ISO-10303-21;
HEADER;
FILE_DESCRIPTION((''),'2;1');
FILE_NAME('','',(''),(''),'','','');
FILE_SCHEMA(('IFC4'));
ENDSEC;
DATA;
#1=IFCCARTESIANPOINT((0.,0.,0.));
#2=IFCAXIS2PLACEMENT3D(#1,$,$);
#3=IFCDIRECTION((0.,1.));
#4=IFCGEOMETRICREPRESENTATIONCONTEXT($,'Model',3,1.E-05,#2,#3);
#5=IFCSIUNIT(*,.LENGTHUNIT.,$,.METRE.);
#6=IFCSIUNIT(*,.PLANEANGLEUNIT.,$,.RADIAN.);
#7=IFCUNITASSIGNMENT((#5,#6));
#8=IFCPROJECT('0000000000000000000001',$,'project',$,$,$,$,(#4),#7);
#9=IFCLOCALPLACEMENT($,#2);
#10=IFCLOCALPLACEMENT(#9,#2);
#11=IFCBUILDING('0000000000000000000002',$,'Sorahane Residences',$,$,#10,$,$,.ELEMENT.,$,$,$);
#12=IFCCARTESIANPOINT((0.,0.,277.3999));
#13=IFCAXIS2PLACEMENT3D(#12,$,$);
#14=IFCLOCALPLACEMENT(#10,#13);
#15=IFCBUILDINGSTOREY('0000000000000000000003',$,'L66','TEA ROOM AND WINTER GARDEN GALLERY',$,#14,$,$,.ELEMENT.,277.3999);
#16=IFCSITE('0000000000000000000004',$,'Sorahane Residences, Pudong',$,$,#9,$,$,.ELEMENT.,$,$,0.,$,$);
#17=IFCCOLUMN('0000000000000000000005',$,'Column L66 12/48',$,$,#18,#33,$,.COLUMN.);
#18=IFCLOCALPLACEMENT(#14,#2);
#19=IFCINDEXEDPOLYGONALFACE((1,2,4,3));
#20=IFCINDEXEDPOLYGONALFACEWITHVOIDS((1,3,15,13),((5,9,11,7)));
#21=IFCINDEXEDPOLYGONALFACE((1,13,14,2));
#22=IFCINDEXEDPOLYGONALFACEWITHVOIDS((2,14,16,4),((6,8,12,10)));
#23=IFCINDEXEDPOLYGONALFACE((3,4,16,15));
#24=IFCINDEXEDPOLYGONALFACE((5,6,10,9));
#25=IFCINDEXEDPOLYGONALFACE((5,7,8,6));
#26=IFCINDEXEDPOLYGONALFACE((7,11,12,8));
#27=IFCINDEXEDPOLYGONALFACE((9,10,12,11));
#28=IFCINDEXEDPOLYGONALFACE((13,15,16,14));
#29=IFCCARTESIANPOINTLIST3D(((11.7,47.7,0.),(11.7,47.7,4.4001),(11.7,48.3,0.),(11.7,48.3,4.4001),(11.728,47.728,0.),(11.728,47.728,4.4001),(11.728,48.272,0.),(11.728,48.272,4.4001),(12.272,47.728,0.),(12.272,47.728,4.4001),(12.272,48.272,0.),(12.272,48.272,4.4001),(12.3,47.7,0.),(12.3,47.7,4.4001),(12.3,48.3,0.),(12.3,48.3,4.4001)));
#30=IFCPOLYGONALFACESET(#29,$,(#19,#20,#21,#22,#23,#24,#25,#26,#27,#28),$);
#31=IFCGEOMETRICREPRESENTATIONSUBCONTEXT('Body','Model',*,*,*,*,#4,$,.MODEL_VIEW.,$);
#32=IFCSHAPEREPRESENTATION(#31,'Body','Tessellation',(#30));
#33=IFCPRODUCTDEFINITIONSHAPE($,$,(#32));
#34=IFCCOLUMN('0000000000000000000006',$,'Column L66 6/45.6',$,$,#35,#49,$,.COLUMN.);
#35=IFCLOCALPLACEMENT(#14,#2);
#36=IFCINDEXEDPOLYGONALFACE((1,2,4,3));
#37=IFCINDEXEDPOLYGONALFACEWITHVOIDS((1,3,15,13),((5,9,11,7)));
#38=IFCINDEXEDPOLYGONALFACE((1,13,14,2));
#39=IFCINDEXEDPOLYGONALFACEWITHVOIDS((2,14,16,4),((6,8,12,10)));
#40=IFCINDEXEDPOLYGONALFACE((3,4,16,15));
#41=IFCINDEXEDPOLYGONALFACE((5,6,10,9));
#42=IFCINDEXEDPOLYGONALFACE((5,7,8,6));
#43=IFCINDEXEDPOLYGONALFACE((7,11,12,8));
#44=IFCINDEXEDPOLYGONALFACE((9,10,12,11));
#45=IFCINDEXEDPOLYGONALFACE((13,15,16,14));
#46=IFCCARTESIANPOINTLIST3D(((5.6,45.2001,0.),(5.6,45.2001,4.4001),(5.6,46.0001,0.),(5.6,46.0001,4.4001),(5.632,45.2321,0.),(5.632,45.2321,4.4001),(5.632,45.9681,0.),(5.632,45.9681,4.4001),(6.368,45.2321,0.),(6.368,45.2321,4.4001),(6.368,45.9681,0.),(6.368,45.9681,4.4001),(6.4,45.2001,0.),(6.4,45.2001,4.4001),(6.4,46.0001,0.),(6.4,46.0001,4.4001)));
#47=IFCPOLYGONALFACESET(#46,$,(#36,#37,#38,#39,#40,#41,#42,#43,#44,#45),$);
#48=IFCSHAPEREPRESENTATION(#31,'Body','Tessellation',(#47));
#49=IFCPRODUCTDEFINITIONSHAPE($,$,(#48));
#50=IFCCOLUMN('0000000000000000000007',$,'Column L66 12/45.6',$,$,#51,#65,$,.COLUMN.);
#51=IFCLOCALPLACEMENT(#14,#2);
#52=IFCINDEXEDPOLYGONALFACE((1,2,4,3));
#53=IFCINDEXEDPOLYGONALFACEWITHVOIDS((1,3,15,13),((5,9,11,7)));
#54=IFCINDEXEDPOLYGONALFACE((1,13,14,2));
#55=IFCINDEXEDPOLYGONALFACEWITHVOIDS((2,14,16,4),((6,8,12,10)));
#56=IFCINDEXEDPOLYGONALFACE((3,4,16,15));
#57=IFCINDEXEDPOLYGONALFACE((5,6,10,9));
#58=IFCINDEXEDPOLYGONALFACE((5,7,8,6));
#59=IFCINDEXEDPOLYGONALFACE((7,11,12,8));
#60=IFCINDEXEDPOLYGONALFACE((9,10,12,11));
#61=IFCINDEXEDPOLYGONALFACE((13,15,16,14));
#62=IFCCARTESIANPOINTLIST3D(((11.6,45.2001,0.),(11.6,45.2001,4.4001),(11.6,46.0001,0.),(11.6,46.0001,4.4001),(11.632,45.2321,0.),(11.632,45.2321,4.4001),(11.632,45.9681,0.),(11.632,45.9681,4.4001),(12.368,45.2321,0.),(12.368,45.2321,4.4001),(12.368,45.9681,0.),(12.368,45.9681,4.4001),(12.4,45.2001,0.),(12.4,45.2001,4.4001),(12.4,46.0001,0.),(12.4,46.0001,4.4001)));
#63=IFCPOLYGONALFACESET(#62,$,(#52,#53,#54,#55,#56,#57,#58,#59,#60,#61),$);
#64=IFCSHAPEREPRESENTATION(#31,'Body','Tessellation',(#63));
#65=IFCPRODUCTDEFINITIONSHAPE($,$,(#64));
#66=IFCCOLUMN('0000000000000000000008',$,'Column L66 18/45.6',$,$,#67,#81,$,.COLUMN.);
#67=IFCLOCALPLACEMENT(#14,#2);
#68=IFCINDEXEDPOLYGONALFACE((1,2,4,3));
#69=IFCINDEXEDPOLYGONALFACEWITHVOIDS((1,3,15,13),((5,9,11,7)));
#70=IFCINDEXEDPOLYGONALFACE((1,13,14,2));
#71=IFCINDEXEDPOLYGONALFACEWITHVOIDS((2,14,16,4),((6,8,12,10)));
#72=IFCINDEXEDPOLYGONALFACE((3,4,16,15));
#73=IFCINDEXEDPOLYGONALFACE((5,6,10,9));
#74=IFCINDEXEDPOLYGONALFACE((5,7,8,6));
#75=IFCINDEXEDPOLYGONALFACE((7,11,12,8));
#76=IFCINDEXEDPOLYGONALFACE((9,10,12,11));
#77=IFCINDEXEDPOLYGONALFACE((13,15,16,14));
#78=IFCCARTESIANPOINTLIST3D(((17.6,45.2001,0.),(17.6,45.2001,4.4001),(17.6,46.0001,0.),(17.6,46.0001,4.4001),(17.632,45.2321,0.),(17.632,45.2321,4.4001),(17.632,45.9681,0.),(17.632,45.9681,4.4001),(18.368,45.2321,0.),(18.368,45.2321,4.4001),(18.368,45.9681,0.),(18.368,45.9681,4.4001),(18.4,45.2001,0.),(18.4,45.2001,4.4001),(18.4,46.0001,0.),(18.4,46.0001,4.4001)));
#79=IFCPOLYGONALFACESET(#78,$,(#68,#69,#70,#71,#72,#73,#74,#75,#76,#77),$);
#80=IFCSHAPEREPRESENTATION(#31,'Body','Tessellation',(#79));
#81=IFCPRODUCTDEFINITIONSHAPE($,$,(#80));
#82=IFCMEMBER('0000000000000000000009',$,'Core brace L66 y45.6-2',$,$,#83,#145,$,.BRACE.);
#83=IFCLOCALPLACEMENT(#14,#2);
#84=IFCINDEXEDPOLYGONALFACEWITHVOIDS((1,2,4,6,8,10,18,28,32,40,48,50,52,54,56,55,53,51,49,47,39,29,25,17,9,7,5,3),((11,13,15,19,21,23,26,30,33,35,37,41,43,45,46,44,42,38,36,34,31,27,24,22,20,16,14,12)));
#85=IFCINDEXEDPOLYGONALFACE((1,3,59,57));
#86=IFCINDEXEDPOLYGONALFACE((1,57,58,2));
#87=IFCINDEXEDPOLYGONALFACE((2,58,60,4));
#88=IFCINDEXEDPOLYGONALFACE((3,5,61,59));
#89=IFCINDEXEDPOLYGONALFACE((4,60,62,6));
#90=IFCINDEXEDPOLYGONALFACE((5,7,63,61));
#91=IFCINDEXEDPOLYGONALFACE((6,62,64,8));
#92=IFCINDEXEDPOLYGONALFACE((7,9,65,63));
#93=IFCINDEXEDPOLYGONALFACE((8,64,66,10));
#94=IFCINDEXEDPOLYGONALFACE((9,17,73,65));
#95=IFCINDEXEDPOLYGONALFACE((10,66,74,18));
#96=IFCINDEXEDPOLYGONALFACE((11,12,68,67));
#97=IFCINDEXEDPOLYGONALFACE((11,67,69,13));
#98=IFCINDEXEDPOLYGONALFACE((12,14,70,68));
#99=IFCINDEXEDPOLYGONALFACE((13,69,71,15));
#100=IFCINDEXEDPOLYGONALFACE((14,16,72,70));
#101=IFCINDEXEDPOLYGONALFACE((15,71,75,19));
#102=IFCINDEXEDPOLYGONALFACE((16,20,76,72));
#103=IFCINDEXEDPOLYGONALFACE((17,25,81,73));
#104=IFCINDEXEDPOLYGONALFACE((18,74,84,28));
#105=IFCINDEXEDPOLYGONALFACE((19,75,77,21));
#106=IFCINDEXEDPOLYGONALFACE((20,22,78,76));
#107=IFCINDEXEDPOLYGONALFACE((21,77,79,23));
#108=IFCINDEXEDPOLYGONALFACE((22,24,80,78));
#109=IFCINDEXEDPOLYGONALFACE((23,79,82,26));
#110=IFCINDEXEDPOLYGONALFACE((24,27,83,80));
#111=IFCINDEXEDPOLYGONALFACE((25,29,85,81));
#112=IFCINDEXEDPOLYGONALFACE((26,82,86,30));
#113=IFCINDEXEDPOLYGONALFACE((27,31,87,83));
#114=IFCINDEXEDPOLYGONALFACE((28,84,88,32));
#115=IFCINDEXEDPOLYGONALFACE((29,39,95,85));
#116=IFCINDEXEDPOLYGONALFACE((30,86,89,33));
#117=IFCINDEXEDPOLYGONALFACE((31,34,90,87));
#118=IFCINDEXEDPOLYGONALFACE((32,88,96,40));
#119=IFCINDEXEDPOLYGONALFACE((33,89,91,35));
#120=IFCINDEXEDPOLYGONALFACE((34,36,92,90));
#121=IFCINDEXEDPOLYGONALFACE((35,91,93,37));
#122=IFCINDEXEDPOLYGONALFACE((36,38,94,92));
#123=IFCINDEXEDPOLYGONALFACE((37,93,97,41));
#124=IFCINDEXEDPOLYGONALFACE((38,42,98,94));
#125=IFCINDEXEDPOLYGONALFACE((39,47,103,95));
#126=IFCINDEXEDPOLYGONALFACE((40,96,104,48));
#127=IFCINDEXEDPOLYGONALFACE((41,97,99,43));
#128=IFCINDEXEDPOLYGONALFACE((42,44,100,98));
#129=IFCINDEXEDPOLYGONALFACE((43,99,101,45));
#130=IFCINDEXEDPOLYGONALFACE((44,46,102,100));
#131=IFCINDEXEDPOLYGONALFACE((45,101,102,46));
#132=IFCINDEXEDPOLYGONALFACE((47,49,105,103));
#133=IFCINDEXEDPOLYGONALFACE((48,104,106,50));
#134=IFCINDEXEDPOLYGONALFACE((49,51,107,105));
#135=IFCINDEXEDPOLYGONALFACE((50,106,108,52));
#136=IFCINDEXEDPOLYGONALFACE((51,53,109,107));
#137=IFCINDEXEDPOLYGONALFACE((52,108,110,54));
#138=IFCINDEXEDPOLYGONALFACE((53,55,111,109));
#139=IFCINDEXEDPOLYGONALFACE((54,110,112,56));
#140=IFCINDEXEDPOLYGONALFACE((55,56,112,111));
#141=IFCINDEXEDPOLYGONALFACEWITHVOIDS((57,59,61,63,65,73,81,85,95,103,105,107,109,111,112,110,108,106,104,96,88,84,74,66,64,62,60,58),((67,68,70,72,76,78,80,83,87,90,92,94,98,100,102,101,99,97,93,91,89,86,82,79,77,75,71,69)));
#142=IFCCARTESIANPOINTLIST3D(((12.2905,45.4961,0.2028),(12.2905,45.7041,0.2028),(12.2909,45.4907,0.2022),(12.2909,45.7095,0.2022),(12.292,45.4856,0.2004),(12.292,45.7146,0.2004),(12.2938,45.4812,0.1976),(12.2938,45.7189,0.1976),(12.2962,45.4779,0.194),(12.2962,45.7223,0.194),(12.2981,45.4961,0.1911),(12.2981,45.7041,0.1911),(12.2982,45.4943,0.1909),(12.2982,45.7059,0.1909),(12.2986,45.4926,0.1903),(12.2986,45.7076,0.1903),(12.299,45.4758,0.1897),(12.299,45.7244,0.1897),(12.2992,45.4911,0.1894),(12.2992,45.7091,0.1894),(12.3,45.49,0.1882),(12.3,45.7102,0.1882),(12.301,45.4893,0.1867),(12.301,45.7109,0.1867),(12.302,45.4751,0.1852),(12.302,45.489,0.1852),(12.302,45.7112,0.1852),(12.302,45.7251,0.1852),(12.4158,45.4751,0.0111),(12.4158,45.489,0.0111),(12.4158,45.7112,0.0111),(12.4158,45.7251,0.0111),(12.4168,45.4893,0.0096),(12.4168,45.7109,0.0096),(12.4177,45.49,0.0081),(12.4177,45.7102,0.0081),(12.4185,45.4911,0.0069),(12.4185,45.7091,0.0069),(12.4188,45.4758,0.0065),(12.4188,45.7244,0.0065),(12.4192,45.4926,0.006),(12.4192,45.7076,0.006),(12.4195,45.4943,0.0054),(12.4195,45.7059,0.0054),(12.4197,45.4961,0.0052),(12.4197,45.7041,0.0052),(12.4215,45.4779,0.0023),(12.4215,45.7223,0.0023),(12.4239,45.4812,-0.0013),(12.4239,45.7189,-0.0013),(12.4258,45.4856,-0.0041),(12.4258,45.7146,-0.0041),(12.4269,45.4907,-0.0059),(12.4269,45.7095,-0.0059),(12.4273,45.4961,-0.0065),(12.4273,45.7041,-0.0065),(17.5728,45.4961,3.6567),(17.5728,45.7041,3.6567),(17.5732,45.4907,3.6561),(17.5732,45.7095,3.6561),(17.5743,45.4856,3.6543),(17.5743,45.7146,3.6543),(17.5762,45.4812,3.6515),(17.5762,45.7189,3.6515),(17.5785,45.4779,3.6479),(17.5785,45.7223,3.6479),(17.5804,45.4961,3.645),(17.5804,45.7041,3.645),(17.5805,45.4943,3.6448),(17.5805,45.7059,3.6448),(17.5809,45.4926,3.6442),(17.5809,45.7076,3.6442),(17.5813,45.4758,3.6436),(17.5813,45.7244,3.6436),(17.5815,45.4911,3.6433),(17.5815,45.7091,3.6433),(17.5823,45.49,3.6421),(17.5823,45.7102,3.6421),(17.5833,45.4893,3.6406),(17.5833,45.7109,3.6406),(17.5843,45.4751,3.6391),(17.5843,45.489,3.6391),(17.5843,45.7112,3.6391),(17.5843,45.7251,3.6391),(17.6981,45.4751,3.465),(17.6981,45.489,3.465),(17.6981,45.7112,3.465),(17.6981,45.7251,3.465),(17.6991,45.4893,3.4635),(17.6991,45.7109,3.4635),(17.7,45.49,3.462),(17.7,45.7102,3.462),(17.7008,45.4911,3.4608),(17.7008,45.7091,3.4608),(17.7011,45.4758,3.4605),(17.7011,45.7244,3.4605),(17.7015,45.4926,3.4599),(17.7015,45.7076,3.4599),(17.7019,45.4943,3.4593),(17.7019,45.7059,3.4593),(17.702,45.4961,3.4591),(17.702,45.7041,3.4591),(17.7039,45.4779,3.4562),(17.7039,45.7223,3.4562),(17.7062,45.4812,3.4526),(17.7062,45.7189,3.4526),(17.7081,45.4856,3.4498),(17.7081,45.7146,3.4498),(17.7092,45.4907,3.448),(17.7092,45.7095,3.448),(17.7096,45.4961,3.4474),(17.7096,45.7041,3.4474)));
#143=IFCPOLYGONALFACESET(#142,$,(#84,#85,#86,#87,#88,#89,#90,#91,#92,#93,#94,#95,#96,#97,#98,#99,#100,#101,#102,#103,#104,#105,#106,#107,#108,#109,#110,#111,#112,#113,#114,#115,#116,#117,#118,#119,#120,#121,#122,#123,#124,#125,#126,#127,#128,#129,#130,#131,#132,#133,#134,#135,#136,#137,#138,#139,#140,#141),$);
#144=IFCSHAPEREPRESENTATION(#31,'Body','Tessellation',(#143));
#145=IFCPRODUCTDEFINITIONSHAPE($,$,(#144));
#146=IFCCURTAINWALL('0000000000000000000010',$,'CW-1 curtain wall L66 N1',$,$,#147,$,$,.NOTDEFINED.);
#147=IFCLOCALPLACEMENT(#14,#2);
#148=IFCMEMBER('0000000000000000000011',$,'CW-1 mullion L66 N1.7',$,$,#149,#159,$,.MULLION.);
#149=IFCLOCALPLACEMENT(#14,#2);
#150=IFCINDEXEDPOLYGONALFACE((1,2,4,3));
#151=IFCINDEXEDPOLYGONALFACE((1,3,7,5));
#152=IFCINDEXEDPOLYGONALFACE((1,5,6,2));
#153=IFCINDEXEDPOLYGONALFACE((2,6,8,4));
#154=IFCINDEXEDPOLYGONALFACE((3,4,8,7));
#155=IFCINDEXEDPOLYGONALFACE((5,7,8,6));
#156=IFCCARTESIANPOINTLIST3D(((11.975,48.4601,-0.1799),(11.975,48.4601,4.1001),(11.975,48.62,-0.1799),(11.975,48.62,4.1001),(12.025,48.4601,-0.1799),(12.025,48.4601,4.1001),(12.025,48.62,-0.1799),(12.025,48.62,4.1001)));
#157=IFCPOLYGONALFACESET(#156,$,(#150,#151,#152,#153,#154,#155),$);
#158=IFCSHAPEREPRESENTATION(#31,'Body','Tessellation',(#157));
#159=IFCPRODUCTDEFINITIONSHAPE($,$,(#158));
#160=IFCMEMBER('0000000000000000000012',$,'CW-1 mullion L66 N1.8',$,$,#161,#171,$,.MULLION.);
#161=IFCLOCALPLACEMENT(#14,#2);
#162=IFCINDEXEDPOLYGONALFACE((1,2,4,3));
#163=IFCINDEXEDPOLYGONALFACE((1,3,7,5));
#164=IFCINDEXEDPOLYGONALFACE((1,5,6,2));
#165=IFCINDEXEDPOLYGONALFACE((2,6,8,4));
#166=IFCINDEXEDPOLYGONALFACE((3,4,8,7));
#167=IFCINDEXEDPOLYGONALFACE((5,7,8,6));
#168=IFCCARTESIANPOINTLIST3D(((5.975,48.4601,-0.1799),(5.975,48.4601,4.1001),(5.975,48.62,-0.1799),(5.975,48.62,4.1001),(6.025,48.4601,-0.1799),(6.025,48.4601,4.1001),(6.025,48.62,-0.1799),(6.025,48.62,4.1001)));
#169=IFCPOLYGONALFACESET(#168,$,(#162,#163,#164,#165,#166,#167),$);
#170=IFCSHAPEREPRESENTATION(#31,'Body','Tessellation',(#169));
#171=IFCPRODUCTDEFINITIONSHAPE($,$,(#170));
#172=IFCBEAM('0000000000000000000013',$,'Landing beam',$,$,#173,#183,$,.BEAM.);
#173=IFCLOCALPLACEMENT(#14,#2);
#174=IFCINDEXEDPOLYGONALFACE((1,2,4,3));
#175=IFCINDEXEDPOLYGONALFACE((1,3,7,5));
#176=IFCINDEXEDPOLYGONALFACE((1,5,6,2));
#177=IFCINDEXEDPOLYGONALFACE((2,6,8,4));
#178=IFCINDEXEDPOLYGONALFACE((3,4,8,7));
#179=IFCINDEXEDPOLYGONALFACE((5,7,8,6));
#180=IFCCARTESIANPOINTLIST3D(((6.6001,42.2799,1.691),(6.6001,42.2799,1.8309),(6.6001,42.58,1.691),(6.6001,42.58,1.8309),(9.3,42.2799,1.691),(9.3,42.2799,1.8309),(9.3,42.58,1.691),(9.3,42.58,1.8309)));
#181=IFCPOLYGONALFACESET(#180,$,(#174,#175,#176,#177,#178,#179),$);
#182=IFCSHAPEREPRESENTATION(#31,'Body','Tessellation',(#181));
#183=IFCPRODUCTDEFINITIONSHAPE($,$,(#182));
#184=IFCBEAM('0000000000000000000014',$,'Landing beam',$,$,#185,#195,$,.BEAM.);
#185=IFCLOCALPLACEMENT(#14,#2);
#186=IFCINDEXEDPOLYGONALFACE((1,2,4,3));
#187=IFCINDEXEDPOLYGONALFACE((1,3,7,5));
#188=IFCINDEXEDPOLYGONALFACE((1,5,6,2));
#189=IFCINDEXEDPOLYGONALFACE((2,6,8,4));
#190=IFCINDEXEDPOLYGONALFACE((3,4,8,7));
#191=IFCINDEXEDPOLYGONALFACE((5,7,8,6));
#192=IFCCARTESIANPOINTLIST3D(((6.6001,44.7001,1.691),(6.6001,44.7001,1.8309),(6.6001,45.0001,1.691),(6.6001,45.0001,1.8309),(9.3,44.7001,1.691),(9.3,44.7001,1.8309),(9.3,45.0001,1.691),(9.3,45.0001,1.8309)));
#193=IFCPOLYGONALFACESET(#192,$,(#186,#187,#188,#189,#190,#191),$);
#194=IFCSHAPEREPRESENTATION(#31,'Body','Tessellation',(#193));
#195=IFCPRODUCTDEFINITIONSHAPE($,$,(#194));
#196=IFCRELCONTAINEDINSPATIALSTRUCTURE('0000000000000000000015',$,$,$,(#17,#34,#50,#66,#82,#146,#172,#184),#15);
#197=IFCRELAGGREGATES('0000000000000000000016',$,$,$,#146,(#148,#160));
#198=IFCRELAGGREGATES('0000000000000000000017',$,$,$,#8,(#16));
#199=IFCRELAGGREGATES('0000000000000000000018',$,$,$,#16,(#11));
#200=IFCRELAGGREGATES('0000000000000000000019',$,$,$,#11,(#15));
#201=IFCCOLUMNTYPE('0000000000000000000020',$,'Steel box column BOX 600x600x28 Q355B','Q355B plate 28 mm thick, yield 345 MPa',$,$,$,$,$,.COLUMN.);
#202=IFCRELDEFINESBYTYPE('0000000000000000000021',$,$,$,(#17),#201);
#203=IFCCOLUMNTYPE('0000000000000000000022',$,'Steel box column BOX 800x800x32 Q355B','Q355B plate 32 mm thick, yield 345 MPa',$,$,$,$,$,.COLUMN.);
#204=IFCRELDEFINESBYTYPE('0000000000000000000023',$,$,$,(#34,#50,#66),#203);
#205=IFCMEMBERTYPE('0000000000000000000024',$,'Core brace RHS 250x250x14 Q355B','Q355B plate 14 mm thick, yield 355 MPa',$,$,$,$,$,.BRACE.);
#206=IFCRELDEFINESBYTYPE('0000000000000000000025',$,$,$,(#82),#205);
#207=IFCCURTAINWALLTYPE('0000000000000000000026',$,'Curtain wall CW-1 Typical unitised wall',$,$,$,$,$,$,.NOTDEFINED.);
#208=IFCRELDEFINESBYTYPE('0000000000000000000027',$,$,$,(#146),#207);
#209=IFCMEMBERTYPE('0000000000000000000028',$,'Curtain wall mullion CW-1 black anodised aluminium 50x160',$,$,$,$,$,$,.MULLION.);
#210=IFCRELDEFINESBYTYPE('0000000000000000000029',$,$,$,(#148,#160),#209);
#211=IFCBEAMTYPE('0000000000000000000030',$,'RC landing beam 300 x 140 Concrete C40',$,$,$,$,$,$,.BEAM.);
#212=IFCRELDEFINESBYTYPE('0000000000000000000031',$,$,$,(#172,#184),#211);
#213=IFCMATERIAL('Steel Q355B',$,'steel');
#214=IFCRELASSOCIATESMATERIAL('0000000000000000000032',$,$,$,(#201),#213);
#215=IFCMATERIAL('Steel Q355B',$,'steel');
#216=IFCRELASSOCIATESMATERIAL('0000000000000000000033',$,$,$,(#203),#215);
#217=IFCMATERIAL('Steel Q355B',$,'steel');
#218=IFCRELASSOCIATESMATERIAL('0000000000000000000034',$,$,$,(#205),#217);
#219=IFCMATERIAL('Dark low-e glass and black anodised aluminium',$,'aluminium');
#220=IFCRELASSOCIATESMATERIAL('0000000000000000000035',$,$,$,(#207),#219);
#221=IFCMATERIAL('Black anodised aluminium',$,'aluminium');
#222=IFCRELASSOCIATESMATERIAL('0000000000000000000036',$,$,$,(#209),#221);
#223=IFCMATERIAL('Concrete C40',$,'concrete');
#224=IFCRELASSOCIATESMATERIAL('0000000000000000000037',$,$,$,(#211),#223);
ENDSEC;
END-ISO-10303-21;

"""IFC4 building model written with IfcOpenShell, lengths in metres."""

from ifc_helpers import new_model, si_unit, direction, frame, origin, origin_2d, place, context, subcontext, project, spatial, rectangle, hollow_rectangle, extrude, material, material_profile, profile_set, type_object, element, aggregate, save


model = new_model("IFC4")

# Units and contexts
model_context = context("Model", 3, precision=1e-05, world=origin(), true_north=direction((0.0, 1.0)))
body_context = subcontext(model_context, "Body", "Model", "MODEL_VIEW")
ifc_project = project(units=[si_unit("LENGTHUNIT", "METRE"), si_unit("PLANEANGLEUNIT", "RADIAN")], contexts=[model_context])

# Site, building, storey
site_placement = place(None, origin())
site = spatial("IfcSite", under=ifc_project, at=site_placement, Name="Sorahane Residences, Pudong", CompositionType="ELEMENT", RefElevation=0.0)
building_placement = place(site_placement, origin())
building = spatial("IfcBuilding", under=site, at=building_placement, Name="Sorahane Residences", CompositionType="ELEMENT")
storey_placement = place(building_placement, frame((0.0, 0.0, 277.3999)))
storey = spatial("IfcBuildingStorey", under=building, at=storey_placement, Name="L66", Description="TEA ROOM AND WINTER GARDEN GALLERY", CompositionType="ELEMENT", Elevation=277.3999)

# Columns
ifc_material_1 = material(Name="Steel Q355B", Category="steel")
ifc_material_profile_1 = material_profile(ifc_material_1, hollow_rectangle(XDim=0.6001, YDim=0.6001, WallThickness=0.0281, at=origin_2d()), Name="BOX 600x600x28")
ifc_profile_set_1 = profile_set([ifc_material_profile_1], Name="Steel Q355B")
column_type_1 = type_object("IfcColumnType", Name="Steel box column BOX 600x600x28 Q355B", Description="Q355B plate 28 mm thick, yield 345 MPa", PredefinedType="COLUMN", material=ifc_profile_set_1)
column_placement = place(storey_placement, frame((12.0, 48.0, 0.0), z_axis=(0.0, 0.0, 1.0), x_axis=(1.0, 0.0, 0.0)))
element("IfcColumn", 1, at=column_placement, inside=storey, type_object=column_type_1, Name="Column L66 12/48", PredefinedType="COLUMN", context=body_context, shape_type="SweptSolid", body=[
    extrude(hollow_rectangle(XDim=0.6001, YDim=0.6001, WallThickness=0.0281, at=origin_2d()), origin(), (0.0, 0.0, 1.0), 4.4001),
])
ifc_material_2 = material(Name="Steel Q355B", Category="steel")
ifc_material_profile_2 = material_profile(ifc_material_2, hollow_rectangle(XDim=0.8, YDim=0.8, WallThickness=0.032, at=origin_2d()), Name="BOX 800x800x32")
ifc_profile_set_2 = profile_set([ifc_material_profile_2], Name="Steel Q355B")
column_type_2 = type_object("IfcColumnType", Name="Steel box column BOX 800x800x32 Q355B", Description="Q355B plate 32 mm thick, yield 345 MPa", PredefinedType="COLUMN", material=ifc_profile_set_2)
for number, where, z_axis, x_axis, name in (
    (2, (6.0, 45.6001, 0.0), (0.0, 0.0, 1.0), (1.0, 0.0, 0.0), "Column L66 6/45.6"),
    (3, (12.0, 45.6001, 0.0), (0.0, 0.0, 1.0), (1.0, 0.0, 0.0), "Column L66 12/45.6"),
    (4, (18.0, 45.6001, 0.0), (0.0, 0.0, 1.0), (1.0, 0.0, 0.0), "Column L66 18/45.6"),
):
    element("IfcColumn", number, at=place(storey_placement, frame(where, z_axis=z_axis, x_axis=x_axis)), inside=storey, type_object=column_type_2, Name=name, PredefinedType="COLUMN", context=body_context, shape_type="SweptSolid", body=[
        extrude(hollow_rectangle(XDim=0.8, YDim=0.8, WallThickness=0.032, at=origin_2d()), origin(), (0.0, 0.0, 1.0), 4.4001),
    ])

# Member
ifc_material_3 = material(Name="Steel Q355B", Category="steel")
ifc_material_profile_3 = material_profile(ifc_material_3, hollow_rectangle(XDim=0.25, YDim=0.25, WallThickness=0.0139, InnerFilletRadius=0.0071, OuterFilletRadius=0.021, at=origin_2d()), Name="RHS 250x250x14")
ifc_profile_set_3 = profile_set([ifc_material_profile_3], Name="Steel Q355B")
member_type_1 = type_object("IfcMemberType", Name="Core brace RHS 250x250x14 Q355B", Description="Q355B plate 14 mm thick, yield 355 MPa", PredefinedType="BRACE", material=ifc_profile_set_3)
member_1_placement = place(storey_placement, frame((12.3589, 45.6001, 0.0981), z_axis=(0.836963, 0.0, 0.54726), x_axis=(0.0, 1.0, 0.0)))
element("IfcMember", 5, at=member_1_placement, inside=storey, type_object=member_type_1, Name="Core brace L66 y45.6-2", PredefinedType="BRACE", context=body_context, shape_type="SweptSolid", body=[
    extrude(hollow_rectangle(XDim=0.25, YDim=0.25, WallThickness=0.0139, InnerFilletRadius=0.0071, OuterFilletRadius=0.021, at=origin_2d()), origin(), (0.0, 0.0, 1.0), 6.3113),
])

# Curtain wall, members
ifc_material_4 = material(Name="Dark low-e glass and black anodised aluminium", Category="aluminium")
curtain_wall_type = type_object("IfcCurtainWallType", Name="Curtain wall CW-1 Typical unitised wall", PredefinedType="NOTDEFINED", material=ifc_material_4)
curtain_wall_placement = place(storey_placement, origin())
curtain_wall = element("IfcCurtainWall", 6, at=curtain_wall_placement, inside=storey, type_object=curtain_wall_type, Name="CW-1 curtain wall L66 N1", PredefinedType="NOTDEFINED")
ifc_material_5 = material(Name="Black anodised aluminium", Category="aluminium")
ifc_material_profile_4 = material_profile(ifc_material_5, rectangle(XDim=0.1599, YDim=0.05, at=origin_2d()), Name="Curtain wall mullion CW-1 black anodised aluminium 50x160")
ifc_profile_set_4 = profile_set([ifc_material_profile_4], Name="Black anodised aluminium")
member_type_2 = type_object("IfcMemberType", Name="Curtain wall mullion CW-1 black anodised aluminium 50x160", PredefinedType="MULLION", material=ifc_profile_set_4)
member_2_placement = place(storey_placement, frame((12.0, 48.54, -0.1799), z_axis=(0.0, 0.0, 1.0), x_axis=(0.0, 1.0, 0.0)))
member_2 = element("IfcMember", 7, at=member_2_placement, type_object=member_type_2, Name="CW-1 mullion L66 N1.7", PredefinedType="MULLION", context=body_context, shape_type="SweptSolid", body=[
    extrude(rectangle(XDim=0.1599, YDim=0.05, at=origin_2d()), origin(), (0.0, 0.0, 1.0), 4.28),
])
member_3_placement = place(storey_placement, frame((6.0, 48.54, -0.1799), z_axis=(0.0, 0.0, 1.0), x_axis=(0.0, 1.0, 0.0)))
member_3 = element("IfcMember", 8, at=member_3_placement, type_object=member_type_2, Name="CW-1 mullion L66 N1.8", PredefinedType="MULLION", context=body_context, shape_type="SweptSolid", body=[
    extrude(rectangle(XDim=0.1599, YDim=0.05, at=origin_2d()), origin(), (0.0, 0.0, 1.0), 4.28),
])

# Beams
ifc_material_6 = material(Name="Concrete C40", Category="concrete")
ifc_material_profile_5 = material_profile(ifc_material_6, rectangle(XDim=0.3, YDim=0.1399, at=origin_2d()), Name="300x140")
ifc_profile_set_5 = profile_set([ifc_material_profile_5], Name="Concrete C40")
beam_type_1 = type_object("IfcBeamType", Name="RC landing beam 300 x 140 Concrete C40", PredefinedType="BEAM", material=ifc_profile_set_5)
for number, where, z_axis, x_axis, name in (
    (9, (6.6001, 42.4299, 1.761), (1.0, 0.0, 0.0), (0.0, 1.0, 0.0), "Landing beam"),
    (10, (6.6001, 44.8501, 1.761), (1.0, 0.0, 0.0), (0.0, 1.0, 0.0), "Landing beam"),
):
    element("IfcBeam", number, at=place(storey_placement, frame(where, z_axis=z_axis, x_axis=x_axis)), inside=storey, type_object=beam_type_1, Name=name, PredefinedType="BEAM", context=body_context, shape_type="SweptSolid", body=[
        extrude(rectangle(XDim=0.3, YDim=0.1399, at=origin_2d()), origin(), (0.0, 0.0, 1.0), 2.7),
    ])

aggregate(curtain_wall, [member_2, member_3])

save(model, "model.ifc")
